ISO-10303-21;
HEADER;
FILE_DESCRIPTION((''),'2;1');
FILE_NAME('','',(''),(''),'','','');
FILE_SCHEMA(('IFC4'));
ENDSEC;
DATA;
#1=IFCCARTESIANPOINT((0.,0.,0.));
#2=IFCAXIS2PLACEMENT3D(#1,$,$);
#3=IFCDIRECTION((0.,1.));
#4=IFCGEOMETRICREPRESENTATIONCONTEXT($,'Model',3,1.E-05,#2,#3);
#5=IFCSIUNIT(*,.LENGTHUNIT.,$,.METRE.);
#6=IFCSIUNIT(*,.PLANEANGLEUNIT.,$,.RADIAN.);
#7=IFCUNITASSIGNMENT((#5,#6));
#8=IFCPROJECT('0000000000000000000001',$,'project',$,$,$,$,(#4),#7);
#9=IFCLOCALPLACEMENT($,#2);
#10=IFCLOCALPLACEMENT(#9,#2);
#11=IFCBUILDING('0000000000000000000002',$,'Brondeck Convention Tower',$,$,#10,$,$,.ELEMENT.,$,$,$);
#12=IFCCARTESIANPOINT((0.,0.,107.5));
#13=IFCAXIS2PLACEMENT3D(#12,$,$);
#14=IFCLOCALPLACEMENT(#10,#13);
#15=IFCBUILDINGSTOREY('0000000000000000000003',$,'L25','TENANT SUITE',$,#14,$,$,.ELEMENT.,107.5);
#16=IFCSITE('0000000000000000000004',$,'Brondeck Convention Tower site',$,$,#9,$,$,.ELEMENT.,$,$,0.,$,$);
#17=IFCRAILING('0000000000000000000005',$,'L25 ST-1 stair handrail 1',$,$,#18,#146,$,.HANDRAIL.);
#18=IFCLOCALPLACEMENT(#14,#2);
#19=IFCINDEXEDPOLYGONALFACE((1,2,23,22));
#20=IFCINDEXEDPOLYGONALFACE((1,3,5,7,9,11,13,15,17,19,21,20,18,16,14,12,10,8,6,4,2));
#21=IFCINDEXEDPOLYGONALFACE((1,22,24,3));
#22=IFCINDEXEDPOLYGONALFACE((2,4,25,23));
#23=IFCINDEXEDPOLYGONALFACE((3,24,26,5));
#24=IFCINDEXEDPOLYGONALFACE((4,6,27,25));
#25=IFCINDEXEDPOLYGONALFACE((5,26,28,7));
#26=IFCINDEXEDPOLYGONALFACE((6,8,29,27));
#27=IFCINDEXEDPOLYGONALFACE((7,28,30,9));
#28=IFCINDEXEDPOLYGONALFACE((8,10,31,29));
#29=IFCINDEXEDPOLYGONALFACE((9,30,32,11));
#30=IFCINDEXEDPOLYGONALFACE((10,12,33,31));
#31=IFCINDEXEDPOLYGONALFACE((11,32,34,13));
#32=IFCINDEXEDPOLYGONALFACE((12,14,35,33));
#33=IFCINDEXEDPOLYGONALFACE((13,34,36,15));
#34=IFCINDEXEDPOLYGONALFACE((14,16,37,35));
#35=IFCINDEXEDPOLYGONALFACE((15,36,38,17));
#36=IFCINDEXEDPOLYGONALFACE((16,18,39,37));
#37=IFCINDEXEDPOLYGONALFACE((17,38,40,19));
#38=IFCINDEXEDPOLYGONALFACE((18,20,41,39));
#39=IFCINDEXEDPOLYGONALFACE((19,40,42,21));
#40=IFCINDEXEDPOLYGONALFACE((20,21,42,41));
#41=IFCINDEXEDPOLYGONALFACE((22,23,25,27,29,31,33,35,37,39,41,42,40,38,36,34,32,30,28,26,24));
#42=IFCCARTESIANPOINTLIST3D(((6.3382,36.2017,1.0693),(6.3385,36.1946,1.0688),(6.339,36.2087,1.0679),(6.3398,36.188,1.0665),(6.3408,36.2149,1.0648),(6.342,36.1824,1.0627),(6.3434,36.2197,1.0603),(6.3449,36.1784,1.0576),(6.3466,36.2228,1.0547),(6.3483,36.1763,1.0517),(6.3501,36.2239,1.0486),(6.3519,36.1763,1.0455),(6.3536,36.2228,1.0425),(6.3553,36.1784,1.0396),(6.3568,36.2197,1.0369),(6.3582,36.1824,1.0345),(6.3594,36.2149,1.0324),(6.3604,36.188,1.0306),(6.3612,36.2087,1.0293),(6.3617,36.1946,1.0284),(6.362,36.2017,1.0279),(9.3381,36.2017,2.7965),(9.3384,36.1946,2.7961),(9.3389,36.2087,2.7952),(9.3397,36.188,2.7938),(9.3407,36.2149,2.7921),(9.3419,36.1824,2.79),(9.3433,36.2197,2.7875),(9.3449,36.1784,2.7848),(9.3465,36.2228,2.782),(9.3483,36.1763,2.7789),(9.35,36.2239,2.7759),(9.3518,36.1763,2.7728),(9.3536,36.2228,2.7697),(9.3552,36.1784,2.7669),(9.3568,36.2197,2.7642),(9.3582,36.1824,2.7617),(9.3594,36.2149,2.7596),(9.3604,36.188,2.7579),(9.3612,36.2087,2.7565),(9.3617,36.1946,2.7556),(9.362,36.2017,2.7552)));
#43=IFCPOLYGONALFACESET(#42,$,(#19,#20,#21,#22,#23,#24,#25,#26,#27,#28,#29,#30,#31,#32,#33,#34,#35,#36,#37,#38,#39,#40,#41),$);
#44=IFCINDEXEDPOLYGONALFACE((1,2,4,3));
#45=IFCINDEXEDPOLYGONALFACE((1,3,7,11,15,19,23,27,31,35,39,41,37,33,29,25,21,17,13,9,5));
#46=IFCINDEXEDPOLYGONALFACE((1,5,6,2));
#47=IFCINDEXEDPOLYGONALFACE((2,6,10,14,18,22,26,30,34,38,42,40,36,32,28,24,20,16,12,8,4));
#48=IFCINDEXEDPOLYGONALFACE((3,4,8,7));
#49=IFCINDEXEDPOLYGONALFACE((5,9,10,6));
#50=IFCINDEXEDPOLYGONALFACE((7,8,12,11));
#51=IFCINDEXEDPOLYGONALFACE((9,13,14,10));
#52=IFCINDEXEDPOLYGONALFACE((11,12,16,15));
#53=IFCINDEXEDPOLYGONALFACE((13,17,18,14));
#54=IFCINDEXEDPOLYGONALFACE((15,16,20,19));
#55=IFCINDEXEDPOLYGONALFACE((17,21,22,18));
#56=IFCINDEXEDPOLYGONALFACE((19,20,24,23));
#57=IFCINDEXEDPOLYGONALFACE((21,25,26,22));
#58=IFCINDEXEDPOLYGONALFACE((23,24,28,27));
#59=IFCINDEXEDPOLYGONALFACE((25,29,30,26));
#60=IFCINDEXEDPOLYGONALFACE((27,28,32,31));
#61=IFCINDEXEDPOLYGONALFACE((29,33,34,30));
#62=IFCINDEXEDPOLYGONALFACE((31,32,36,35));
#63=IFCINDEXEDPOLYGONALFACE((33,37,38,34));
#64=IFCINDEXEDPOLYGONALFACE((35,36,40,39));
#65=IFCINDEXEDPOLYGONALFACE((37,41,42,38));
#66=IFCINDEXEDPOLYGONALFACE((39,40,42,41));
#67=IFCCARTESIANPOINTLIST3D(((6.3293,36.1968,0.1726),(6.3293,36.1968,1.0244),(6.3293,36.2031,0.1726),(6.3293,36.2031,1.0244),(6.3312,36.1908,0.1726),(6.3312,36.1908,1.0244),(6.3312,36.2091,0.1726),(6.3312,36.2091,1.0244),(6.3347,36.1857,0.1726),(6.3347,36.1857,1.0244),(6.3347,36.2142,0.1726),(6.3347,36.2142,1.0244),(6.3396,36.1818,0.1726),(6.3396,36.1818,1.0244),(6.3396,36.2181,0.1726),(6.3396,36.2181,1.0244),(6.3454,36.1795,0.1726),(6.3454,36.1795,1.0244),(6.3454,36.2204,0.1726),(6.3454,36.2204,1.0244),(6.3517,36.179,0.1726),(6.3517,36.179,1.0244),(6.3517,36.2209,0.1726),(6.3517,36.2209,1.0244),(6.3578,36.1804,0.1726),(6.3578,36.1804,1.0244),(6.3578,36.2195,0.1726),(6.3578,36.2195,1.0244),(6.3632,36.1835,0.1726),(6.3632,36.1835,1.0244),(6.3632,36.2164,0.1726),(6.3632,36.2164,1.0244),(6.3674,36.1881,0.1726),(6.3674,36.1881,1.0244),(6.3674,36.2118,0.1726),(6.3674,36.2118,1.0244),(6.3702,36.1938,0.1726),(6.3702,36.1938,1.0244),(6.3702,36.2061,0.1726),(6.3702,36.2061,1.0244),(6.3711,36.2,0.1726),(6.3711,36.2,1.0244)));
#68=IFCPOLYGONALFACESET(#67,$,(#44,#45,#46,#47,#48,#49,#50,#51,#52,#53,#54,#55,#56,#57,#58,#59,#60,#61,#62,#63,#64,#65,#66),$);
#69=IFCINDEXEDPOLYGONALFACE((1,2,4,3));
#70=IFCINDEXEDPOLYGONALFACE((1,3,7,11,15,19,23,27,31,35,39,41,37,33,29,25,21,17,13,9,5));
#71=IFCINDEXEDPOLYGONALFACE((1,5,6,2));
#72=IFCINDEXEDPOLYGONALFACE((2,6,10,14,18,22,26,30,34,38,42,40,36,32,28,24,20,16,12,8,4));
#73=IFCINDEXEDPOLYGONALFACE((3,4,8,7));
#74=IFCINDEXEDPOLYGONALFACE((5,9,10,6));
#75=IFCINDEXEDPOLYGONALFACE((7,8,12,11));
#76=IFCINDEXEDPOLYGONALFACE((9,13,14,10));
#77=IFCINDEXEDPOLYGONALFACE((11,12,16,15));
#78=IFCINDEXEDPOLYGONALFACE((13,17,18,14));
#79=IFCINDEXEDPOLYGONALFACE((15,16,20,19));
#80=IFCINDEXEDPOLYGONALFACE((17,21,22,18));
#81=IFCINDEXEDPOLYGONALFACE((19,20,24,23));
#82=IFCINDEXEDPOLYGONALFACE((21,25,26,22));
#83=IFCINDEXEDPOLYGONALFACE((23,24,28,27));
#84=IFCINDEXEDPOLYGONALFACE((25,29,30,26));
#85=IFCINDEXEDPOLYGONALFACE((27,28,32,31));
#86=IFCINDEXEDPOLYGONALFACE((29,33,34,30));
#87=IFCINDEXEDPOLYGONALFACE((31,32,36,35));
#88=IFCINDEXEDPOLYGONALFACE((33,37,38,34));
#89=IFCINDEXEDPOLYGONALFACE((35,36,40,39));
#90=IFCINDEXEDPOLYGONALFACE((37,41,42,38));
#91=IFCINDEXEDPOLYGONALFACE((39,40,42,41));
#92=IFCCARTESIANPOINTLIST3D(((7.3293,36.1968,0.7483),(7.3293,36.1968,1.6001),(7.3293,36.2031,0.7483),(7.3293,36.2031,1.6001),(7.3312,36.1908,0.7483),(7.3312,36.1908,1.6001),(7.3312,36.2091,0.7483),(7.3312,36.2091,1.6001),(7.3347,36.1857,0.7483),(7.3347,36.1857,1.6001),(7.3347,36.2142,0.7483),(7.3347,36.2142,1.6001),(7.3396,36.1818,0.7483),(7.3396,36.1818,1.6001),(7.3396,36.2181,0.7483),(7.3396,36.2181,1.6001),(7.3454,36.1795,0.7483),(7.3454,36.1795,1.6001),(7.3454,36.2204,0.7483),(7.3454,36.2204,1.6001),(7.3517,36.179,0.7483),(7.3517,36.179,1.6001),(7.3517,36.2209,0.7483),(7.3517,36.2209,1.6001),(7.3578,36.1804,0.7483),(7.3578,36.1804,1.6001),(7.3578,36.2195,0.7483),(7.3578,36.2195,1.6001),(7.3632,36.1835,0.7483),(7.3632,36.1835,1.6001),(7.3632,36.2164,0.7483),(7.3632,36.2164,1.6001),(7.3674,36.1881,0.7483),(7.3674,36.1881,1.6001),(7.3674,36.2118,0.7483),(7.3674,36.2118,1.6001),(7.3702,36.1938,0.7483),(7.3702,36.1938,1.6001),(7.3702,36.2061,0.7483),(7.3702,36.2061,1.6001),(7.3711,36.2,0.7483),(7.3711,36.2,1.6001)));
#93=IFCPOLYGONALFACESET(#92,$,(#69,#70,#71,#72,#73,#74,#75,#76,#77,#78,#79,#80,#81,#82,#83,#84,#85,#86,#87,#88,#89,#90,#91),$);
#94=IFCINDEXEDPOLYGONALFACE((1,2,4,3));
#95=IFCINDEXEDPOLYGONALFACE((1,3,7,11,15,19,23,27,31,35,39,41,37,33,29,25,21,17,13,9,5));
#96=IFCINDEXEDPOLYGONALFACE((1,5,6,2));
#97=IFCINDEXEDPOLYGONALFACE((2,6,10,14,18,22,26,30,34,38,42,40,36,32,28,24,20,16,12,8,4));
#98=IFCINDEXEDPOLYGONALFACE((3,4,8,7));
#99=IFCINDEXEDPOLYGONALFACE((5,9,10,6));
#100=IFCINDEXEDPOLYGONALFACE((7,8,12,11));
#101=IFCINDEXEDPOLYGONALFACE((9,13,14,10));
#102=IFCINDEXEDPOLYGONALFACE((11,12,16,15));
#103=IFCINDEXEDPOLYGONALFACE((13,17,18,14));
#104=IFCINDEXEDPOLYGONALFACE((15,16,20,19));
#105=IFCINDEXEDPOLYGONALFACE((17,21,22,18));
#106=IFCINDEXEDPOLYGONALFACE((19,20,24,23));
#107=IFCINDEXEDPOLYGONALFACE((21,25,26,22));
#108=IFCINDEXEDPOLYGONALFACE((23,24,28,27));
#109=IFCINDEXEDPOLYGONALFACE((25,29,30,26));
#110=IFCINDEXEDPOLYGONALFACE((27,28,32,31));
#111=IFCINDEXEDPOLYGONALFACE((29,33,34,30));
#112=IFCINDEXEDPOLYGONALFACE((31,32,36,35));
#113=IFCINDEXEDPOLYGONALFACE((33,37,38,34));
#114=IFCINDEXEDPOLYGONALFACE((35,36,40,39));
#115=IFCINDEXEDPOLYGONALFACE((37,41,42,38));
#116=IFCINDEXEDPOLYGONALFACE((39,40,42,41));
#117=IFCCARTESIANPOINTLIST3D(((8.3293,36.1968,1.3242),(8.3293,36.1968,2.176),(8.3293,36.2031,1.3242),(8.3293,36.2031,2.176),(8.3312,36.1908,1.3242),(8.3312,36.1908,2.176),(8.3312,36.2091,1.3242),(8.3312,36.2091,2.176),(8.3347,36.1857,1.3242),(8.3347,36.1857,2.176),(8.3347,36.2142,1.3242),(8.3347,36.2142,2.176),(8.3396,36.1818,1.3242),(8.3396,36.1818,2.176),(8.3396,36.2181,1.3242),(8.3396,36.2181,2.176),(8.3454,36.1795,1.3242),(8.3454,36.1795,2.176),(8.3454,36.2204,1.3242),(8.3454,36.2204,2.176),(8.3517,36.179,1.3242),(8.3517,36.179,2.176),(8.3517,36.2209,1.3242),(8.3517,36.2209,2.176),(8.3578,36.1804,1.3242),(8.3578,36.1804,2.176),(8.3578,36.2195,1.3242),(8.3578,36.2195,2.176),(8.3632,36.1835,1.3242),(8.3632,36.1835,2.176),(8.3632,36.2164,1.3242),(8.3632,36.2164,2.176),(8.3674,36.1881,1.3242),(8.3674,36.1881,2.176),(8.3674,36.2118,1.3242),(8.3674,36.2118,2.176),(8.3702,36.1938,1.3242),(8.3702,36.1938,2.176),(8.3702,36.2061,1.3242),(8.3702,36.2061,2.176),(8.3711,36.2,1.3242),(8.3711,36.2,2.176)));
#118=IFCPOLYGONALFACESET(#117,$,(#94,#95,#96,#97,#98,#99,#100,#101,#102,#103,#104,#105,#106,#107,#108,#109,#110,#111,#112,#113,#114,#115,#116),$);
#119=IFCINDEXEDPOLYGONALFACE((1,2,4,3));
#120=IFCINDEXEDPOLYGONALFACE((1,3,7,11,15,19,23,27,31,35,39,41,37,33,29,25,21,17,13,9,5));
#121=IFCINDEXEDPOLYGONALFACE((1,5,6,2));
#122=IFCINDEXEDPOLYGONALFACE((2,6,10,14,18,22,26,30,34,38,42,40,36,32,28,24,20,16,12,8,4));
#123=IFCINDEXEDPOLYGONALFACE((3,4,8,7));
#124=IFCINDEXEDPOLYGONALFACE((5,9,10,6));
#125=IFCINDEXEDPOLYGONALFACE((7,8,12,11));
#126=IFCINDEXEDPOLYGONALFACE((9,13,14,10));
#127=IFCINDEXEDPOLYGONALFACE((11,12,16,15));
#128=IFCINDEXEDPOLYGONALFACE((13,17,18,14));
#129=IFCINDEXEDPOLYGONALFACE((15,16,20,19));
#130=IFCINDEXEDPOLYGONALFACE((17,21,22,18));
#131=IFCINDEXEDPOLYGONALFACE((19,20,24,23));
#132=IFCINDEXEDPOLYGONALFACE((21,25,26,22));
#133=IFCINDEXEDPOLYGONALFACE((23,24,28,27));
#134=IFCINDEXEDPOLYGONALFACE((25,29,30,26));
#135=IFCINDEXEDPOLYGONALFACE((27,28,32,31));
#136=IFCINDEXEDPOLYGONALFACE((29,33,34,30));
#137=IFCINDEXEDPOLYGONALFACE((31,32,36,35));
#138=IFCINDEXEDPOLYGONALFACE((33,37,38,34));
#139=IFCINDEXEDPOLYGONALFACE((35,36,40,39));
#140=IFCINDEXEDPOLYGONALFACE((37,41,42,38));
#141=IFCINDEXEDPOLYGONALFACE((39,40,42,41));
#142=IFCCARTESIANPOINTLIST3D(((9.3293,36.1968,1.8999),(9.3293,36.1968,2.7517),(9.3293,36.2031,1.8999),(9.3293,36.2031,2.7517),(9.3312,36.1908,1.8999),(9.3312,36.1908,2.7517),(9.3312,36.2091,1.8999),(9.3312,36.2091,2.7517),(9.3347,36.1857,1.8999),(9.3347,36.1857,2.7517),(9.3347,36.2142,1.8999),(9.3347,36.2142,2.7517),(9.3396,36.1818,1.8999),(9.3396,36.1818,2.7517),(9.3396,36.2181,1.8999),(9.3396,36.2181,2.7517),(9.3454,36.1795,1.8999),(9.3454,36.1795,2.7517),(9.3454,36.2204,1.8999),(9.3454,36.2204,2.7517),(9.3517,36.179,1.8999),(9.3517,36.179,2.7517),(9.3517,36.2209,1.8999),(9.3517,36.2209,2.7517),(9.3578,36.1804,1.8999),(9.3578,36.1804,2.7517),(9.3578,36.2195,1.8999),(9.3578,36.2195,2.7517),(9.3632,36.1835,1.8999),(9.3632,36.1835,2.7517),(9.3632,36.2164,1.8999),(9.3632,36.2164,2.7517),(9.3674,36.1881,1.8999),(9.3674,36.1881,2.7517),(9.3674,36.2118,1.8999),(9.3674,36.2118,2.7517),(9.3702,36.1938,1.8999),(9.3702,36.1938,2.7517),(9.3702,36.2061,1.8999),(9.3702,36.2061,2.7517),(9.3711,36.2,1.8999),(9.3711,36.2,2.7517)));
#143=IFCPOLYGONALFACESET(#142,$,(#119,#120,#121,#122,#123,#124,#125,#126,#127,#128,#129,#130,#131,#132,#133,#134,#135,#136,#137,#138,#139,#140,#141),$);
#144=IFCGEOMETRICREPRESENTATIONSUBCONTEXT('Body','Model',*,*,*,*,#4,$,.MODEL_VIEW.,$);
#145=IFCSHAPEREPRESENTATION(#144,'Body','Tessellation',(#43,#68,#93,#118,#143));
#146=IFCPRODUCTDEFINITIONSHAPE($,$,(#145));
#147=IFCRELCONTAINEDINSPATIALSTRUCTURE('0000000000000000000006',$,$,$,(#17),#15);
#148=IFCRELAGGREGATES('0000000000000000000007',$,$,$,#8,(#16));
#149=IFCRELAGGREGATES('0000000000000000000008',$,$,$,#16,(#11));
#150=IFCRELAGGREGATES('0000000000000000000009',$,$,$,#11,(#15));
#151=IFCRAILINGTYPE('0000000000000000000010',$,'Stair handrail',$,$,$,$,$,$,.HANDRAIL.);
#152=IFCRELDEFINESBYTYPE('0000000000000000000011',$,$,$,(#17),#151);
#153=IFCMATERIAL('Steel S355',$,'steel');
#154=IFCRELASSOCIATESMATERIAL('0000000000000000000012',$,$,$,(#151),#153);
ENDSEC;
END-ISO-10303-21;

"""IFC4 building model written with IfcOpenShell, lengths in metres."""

from ifc_helpers import new_model, si_unit, direction, frame, origin, origin_2d, place, context, subcontext, project, spatial, circle, extrude, material, type_object, element, save


model = new_model("IFC4")

# Units and contexts
model_context = context("Model", 3, precision=1e-05, world=origin(), true_north=direction((0.0, 1.0)))
body_context = subcontext(model_context, "Body", "Model", "MODEL_VIEW")
ifc_project = project(units=[si_unit("LENGTHUNIT", "METRE"), si_unit("PLANEANGLEUNIT", "RADIAN")], contexts=[model_context])

# Site, building, storey
site_placement = place(None, origin())
site = spatial("IfcSite", under=ifc_project, at=site_placement, Name="Brondeck Convention Tower site", CompositionType="ELEMENT", RefElevation=0.0)
building_placement = place(site_placement, origin())
building = spatial("IfcBuilding", under=site, at=building_placement, Name="Brondeck Convention Tower", CompositionType="ELEMENT")
storey_placement = place(building_placement, frame((0.0, 0.0, 107.5)))
storey = spatial("IfcBuildingStorey", under=building, at=storey_placement, Name="L25", Description="TENANT SUITE", CompositionType="ELEMENT", Elevation=107.5)

# Railing
ifc_material_1 = material(Name="Steel S355", Category="steel")
railing_type_1 = type_object("IfcRailingType", Name="Stair handrail", PredefinedType="HANDRAIL", material=ifc_material_1)
railing_1_placement = place(storey_placement, frame((6.3501, 36.2, 0.1726)))
element("IfcRailing", 1, at=railing_1_placement, inside=storey, type_object=railing_type_1, Name="L25 ST-1 stair handrail 1", PredefinedType="HANDRAIL", context=body_context, shape_type="SweptSolid", body=[
    extrude(circle(Radius=0.0239, at=origin_2d()), frame((0.0, 0.0, 0.876), z_axis=(0.86662, 0.0, 0.498969), x_axis=(0.0, 1.0, 0.0)), (0.0, 0.0, 1.0), 3.4617),
    extrude(circle(Radius=0.021, at=origin_2d()), origin(), (0.0, 0.0, 1.0), 0.8518),
    extrude(circle(Radius=0.021, at=origin_2d()), frame((1.0, 0.0, 0.5757)), (0.0, 0.0, 1.0), 0.8518),
    extrude(circle(Radius=0.021, at=origin_2d()), frame((2.0, 0.0, 1.1516)), (0.0, 0.0, 1.0), 0.8518),
    extrude(circle(Radius=0.021, at=origin_2d()), frame((3.0, 0.0, 1.7273)), (0.0, 0.0, 1.0), 0.8518),
])

save(model, "model.ifc")
